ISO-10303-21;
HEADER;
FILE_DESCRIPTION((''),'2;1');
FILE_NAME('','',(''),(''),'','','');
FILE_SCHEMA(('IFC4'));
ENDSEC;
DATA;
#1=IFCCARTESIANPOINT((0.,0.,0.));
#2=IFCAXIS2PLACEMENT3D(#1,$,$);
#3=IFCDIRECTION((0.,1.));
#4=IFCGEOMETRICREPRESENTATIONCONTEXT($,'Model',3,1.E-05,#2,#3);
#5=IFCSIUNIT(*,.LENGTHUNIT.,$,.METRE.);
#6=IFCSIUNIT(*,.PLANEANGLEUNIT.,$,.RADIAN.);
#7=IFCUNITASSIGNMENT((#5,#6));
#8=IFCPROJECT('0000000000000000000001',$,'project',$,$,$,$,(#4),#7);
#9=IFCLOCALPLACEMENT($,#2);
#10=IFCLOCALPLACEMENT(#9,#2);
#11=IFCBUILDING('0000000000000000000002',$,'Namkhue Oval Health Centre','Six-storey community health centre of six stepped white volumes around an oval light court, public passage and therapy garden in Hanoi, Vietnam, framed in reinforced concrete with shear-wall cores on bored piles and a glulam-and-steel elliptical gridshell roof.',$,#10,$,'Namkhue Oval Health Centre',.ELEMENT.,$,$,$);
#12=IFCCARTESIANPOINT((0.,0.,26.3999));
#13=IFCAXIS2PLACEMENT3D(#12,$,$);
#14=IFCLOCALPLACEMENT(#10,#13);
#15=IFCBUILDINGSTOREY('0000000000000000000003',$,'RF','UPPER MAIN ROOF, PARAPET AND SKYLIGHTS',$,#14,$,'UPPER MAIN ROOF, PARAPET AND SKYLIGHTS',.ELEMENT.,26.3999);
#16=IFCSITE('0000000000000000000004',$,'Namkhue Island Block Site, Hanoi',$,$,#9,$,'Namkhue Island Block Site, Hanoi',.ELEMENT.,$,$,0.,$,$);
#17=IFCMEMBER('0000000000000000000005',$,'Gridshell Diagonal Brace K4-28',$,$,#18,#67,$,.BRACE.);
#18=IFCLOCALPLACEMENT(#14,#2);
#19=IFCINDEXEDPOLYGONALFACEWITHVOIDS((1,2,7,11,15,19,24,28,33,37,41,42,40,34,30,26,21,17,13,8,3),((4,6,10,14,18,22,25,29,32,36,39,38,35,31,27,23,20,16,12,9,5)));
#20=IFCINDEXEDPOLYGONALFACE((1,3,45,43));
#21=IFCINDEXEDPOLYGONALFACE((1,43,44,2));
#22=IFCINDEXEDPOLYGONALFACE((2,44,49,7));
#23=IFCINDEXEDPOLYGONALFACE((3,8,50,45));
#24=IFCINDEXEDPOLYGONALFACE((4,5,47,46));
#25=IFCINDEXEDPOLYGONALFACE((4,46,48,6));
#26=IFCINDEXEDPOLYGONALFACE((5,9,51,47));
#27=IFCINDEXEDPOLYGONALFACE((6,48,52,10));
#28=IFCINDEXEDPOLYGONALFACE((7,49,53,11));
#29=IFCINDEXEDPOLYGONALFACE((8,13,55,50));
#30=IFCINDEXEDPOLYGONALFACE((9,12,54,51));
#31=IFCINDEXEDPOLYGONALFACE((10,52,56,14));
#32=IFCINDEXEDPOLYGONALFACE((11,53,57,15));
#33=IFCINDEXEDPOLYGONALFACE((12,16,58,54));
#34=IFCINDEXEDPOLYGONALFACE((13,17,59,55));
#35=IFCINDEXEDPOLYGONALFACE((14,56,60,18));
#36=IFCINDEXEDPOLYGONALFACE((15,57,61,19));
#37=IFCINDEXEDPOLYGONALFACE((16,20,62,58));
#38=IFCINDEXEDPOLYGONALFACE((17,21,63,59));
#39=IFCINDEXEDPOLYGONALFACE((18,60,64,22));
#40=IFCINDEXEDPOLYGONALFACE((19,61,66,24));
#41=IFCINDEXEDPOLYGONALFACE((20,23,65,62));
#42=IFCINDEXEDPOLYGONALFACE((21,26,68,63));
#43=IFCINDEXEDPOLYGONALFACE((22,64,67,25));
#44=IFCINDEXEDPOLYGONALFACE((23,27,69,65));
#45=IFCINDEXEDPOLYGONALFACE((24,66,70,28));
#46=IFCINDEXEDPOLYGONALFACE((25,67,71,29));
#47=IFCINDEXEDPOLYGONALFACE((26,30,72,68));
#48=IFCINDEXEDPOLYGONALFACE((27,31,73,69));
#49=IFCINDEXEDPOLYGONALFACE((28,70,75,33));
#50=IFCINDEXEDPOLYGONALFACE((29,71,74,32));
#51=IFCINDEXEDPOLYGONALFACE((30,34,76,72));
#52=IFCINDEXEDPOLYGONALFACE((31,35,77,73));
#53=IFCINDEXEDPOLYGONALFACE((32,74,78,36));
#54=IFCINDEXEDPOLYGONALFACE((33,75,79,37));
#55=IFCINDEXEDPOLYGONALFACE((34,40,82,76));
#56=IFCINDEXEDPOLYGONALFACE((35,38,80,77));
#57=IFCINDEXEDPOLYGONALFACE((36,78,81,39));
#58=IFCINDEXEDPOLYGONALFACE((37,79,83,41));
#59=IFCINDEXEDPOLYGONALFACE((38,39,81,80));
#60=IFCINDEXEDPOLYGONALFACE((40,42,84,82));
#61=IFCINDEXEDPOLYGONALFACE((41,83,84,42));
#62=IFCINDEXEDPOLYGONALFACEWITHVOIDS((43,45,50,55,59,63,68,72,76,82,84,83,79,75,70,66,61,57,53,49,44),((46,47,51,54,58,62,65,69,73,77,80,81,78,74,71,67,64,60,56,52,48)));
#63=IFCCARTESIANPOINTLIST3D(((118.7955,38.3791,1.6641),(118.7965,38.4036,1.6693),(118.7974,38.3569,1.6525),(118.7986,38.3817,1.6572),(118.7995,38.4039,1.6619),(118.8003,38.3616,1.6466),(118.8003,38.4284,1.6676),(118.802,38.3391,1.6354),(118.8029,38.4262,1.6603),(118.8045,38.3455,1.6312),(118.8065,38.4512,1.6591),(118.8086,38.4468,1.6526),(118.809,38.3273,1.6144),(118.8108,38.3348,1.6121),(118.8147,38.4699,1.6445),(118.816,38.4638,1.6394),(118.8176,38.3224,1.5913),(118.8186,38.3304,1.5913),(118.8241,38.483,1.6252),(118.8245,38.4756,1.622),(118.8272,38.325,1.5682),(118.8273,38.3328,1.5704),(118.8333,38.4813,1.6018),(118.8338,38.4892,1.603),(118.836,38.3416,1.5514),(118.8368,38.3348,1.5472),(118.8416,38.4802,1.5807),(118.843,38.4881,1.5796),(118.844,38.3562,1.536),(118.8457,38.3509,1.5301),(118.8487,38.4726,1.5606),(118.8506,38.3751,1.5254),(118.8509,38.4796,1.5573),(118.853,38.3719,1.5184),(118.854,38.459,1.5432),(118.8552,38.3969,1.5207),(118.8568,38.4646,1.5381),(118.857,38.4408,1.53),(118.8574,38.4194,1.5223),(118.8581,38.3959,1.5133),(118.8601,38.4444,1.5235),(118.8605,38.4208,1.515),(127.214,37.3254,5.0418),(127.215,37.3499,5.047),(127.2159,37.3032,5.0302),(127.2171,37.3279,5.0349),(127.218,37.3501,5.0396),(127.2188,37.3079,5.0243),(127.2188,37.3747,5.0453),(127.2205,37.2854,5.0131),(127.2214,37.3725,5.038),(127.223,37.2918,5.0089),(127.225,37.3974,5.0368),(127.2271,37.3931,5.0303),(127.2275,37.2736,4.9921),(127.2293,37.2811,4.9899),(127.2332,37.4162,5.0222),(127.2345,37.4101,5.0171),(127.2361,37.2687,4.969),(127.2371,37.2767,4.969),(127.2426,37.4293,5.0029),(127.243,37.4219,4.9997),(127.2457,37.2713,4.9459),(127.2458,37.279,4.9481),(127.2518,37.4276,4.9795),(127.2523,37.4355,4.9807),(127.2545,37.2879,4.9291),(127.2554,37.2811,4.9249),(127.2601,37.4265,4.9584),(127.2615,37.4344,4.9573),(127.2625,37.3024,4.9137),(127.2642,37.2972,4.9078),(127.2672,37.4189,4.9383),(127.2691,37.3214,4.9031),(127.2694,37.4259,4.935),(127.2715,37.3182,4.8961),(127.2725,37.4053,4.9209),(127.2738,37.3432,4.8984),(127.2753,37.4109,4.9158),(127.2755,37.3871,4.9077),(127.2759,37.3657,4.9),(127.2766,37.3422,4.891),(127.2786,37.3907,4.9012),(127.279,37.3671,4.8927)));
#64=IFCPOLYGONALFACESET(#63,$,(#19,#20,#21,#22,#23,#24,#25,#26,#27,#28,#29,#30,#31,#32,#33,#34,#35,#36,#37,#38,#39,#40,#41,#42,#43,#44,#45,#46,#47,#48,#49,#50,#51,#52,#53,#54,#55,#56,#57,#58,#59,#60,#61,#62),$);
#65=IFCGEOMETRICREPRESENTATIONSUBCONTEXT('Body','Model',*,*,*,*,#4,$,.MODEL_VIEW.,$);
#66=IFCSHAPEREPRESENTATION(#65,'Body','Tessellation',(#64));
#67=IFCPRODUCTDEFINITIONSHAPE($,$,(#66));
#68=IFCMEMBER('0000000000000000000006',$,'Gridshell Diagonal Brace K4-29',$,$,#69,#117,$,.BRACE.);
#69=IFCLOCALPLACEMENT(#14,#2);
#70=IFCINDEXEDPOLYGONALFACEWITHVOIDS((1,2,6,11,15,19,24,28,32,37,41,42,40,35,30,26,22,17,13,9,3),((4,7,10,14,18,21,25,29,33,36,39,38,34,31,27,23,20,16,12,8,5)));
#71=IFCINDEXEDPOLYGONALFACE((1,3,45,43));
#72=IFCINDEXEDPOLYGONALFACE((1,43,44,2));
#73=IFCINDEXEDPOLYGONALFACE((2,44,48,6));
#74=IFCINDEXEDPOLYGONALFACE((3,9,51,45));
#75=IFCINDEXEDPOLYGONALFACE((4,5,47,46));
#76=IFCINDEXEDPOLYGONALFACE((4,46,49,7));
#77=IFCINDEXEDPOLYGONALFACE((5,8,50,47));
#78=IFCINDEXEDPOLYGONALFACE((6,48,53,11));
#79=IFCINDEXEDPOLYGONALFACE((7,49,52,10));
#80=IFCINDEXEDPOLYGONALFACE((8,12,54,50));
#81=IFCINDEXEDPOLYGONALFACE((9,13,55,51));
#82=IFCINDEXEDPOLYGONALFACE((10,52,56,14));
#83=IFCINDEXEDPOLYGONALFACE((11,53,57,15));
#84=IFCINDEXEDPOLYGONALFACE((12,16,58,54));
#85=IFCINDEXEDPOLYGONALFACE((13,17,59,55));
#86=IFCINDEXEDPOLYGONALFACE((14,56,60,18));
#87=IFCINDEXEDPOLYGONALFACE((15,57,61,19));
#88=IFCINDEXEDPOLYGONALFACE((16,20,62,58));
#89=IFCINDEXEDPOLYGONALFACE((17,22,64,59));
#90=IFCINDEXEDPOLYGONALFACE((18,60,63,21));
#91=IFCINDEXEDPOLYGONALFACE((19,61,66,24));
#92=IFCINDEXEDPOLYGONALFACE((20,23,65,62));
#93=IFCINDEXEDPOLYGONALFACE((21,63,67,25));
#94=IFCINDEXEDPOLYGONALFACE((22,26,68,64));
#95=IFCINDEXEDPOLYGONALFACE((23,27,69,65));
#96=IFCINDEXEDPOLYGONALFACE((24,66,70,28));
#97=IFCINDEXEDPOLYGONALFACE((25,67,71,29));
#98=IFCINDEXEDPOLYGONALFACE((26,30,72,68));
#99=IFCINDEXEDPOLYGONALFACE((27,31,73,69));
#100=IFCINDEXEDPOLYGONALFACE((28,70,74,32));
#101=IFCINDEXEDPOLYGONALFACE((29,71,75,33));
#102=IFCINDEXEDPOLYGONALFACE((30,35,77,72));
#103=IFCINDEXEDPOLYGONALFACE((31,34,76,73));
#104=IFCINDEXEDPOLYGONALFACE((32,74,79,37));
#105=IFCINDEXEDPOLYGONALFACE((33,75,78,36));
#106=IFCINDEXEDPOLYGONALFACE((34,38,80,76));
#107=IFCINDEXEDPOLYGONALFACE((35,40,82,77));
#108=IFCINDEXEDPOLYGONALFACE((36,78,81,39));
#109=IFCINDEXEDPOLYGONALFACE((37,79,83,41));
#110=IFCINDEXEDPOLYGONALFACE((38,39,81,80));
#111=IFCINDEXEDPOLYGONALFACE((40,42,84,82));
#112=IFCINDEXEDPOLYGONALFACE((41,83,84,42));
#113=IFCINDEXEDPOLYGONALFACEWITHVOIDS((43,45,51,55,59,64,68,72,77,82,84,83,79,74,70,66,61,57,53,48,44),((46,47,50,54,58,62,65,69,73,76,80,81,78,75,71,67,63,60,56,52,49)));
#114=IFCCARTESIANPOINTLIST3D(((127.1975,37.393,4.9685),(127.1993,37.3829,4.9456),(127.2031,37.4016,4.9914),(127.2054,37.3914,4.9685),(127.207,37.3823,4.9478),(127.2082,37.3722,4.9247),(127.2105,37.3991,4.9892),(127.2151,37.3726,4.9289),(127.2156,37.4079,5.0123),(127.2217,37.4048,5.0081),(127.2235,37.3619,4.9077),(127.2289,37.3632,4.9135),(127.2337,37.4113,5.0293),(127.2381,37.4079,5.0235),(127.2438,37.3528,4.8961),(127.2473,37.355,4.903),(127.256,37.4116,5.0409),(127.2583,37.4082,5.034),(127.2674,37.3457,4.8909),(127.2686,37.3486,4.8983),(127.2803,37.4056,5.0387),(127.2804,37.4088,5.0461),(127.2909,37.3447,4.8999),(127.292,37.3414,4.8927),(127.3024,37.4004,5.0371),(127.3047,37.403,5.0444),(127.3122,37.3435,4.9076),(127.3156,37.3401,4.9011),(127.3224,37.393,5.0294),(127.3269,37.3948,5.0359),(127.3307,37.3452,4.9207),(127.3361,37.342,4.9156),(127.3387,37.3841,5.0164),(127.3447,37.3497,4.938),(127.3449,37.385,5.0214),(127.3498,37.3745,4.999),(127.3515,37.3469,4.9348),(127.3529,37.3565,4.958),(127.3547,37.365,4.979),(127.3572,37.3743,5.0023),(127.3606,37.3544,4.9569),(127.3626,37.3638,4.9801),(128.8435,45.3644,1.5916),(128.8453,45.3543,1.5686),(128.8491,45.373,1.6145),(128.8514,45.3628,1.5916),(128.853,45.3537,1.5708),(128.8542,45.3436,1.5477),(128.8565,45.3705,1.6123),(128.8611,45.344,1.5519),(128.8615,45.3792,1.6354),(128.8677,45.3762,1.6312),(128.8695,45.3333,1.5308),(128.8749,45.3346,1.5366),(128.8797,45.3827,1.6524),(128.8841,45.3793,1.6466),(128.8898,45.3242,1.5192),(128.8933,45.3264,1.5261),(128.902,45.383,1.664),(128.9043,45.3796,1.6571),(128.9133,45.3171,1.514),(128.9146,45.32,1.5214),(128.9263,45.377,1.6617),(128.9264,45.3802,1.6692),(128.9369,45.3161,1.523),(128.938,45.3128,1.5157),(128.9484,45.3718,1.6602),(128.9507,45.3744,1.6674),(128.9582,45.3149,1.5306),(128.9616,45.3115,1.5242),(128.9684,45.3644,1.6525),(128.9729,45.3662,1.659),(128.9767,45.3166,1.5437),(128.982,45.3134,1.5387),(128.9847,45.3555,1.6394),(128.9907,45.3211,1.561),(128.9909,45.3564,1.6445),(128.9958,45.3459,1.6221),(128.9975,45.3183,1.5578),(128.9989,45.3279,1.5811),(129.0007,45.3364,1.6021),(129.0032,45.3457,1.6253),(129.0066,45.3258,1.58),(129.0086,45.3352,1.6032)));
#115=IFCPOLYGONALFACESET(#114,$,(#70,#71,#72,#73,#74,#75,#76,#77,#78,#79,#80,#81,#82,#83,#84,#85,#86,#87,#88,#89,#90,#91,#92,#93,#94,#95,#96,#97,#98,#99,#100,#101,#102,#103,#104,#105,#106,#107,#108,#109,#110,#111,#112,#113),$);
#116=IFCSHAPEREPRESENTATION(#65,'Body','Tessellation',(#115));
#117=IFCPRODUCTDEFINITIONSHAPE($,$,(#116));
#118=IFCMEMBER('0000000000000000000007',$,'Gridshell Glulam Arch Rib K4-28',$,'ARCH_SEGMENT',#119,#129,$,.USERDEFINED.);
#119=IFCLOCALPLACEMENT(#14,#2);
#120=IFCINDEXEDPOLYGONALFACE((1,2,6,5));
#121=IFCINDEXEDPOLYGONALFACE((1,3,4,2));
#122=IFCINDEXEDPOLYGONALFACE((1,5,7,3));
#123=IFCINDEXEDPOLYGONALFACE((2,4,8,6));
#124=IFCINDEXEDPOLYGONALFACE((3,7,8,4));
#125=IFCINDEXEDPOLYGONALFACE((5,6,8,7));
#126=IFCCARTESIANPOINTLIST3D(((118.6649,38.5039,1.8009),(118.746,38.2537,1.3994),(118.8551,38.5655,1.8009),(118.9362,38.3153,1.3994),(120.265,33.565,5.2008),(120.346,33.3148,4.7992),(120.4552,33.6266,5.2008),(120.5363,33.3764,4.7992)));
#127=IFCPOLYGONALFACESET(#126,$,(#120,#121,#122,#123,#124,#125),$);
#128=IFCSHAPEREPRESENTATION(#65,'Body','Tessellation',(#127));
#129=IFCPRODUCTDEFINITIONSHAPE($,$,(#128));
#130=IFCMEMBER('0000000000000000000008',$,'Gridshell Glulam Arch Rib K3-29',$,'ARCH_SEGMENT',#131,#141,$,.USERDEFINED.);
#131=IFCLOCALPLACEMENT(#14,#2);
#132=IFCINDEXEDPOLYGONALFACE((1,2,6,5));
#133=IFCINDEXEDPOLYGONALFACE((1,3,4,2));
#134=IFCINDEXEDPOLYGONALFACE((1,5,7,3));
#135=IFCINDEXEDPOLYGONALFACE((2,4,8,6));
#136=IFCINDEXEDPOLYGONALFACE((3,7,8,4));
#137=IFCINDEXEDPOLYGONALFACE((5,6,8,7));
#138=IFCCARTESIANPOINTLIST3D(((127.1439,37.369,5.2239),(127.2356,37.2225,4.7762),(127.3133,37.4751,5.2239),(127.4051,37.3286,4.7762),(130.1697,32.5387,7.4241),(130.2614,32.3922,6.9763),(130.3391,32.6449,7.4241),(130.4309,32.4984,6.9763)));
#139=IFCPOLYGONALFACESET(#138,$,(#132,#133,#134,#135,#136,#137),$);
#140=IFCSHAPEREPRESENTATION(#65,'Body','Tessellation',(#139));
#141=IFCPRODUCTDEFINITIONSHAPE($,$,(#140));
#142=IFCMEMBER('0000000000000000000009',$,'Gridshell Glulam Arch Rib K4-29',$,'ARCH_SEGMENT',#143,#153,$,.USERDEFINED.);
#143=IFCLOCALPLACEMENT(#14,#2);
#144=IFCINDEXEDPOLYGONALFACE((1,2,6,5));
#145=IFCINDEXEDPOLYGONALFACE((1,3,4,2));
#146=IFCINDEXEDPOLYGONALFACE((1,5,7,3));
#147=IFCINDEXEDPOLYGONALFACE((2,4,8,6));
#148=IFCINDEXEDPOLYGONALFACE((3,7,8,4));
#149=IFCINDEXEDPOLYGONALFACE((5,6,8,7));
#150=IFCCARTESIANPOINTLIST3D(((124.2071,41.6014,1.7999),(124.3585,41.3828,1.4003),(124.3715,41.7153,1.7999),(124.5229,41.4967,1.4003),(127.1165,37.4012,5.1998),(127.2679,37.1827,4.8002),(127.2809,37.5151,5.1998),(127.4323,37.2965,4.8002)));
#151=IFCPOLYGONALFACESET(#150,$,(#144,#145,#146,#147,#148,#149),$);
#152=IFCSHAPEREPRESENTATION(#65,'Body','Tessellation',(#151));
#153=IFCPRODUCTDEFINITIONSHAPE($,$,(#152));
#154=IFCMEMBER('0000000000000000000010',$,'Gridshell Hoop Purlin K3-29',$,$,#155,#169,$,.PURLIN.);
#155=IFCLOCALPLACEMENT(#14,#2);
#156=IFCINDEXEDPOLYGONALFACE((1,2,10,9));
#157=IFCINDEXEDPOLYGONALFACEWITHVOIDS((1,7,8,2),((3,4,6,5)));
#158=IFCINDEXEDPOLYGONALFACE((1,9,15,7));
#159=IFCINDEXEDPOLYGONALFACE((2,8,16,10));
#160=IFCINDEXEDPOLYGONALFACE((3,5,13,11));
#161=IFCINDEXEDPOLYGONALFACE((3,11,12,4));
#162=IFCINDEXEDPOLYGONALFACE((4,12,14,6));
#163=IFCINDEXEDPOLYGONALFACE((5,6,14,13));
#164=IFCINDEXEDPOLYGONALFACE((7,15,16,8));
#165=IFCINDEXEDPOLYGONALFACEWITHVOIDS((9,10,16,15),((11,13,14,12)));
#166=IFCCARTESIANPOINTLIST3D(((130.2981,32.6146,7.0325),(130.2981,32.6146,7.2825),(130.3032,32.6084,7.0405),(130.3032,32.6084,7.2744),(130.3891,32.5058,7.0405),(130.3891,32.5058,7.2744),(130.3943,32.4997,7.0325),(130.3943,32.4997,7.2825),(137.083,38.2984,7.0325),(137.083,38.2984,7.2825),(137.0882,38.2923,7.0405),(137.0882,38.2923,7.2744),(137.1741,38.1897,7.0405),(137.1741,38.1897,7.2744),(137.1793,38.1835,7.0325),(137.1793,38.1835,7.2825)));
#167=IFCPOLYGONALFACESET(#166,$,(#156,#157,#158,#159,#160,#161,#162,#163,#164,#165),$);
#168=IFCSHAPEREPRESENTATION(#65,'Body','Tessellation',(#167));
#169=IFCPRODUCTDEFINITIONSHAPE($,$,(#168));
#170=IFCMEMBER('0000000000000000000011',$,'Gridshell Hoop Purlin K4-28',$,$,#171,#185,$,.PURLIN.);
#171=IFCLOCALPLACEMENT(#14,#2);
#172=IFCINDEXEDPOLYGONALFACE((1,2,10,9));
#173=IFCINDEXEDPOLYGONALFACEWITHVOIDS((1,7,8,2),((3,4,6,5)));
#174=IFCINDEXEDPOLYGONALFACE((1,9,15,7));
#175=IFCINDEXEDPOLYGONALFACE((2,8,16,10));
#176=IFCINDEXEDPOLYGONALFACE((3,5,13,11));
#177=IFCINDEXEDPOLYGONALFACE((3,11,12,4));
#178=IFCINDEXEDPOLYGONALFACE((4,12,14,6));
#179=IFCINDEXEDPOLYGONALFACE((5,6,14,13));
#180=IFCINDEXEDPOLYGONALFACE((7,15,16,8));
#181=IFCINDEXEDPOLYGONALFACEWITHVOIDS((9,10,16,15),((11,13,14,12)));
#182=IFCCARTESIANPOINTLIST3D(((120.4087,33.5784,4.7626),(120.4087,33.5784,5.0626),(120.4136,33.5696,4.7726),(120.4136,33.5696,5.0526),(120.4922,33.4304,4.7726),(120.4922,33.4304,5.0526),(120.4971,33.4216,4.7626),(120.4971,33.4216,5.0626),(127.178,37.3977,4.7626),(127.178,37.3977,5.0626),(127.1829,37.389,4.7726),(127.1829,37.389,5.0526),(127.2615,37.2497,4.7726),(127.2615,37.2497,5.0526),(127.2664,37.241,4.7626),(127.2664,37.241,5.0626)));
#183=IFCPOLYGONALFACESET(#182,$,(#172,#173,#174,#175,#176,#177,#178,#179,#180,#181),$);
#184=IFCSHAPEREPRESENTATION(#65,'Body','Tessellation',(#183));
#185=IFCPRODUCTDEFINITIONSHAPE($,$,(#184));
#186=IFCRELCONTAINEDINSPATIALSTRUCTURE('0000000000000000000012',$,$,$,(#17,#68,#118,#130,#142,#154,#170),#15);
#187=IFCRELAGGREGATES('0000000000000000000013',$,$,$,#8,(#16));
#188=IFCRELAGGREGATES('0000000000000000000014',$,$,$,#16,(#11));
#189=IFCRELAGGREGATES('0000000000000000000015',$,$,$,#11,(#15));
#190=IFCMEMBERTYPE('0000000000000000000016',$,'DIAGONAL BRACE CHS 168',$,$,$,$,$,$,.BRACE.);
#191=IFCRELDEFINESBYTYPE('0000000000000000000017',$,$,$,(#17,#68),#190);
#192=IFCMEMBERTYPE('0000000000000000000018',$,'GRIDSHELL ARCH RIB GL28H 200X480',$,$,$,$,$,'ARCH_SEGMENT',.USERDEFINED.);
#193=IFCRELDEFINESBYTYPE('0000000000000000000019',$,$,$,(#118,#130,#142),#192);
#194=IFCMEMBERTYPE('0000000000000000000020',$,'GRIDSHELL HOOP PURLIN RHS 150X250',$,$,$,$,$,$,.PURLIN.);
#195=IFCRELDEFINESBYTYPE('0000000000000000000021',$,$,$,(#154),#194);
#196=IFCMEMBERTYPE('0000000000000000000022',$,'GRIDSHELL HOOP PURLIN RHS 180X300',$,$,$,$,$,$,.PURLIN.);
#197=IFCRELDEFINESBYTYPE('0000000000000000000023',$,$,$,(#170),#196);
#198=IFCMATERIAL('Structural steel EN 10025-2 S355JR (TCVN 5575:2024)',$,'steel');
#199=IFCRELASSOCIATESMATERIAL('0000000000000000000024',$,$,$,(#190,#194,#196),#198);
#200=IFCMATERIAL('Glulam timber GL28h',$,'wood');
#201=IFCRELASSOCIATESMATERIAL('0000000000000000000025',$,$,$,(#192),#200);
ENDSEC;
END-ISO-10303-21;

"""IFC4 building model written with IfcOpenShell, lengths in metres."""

from ifc_helpers import new_model, si_unit, direction, frame, origin, origin_2d, place, context, subcontext, project, spatial, rectangle, hollow_rectangle, hollow_circle, extrude, material, material_profile, profile_set, type_object, element, save


model = new_model("IFC4")

# Units and contexts
model_context = context("Model", 3, precision=1e-05, world=origin(), true_north=direction((0.0, 1.0)))
body_context = subcontext(model_context, "Body", "Model", "MODEL_VIEW")
ifc_project = project(units=[si_unit("LENGTHUNIT", "METRE"), si_unit("PLANEANGLEUNIT", "RADIAN")], contexts=[model_context])

# Site, building, storey
site_placement = place(None, origin())
site = spatial("IfcSite", under=ifc_project, at=site_placement, Name="Namkhue Island Block Site, Hanoi", LongName="Namkhue Island Block Site, Hanoi", CompositionType="ELEMENT", RefElevation=0.0)
building_placement = place(site_placement, origin())
building = spatial("IfcBuilding", under=site, at=building_placement, Name="Namkhue Oval Health Centre", Description="Six-storey community health centre of six stepped white volumes around an oval light court, public passage and therapy garden in Hanoi, Vietnam, framed in reinforced concrete with shear-wall cores on bored piles and a glulam-and-steel elliptical gridshell roof.", LongName="Namkhue Oval Health Centre", CompositionType="ELEMENT")
storey_placement = place(building_placement, frame((0.0, 0.0, 26.3999)))
storey = spatial("IfcBuildingStorey", under=building, at=storey_placement, Name="RF", Description="UPPER MAIN ROOF, PARAPET AND SKYLIGHTS", LongName="UPPER MAIN ROOF, PARAPET AND SKYLIGHTS", CompositionType="ELEMENT", Elevation=26.3999)

# Members
ifc_material_1 = material(Name="Structural steel EN 10025-2 S355JR (TCVN 5575:2024)", Category="steel")
ifc_material_profile_1 = material_profile(ifc_material_1, hollow_circle(Radius=0.0842, WallThickness=0.0081, at=origin_2d()), Name="CHS 168.3x8")
ifc_profile_set_1 = profile_set([ifc_material_profile_1], Name="Structural steel EN 10025-2 S355JR (TCVN 5575:2024)")
member_type_1 = type_object("IfcMemberType", Name="DIAGONAL BRACE CHS 168", PredefinedType="BRACE", material=ifc_profile_set_1)
member_1_placement = place(storey_placement, frame((127.2466, 37.3523, 4.969), z_axis=(-0.921885, 0.115389, -0.369882), x_axis=(-0.124198, -0.992257, 0.0)))
element("IfcMember", 1, at=member_1_placement, inside=storey, type_object=member_type_1, Name="Gridshell Diagonal Brace K4-28", PredefinedType="BRACE", context=body_context, shape_type="SweptSolid", body=[
    extrude(hollow_circle(Radius=0.0842, WallThickness=0.0081, at=origin_2d()), origin(), (0.0, 0.0, 1.0), 9.1318),
])
member_2_placement = place(storey_placement, frame((127.28, 37.376, 4.9685), z_axis=(0.186784, 0.904579, -0.383208), x_axis=(-0.97934, 0.202221, 0.0)))
element("IfcMember", 2, at=member_2_placement, inside=storey, type_object=member_type_1, Name="Gridshell Diagonal Brace K4-29", PredefinedType="BRACE", context=body_context, shape_type="SweptSolid", body=[
    extrude(hollow_circle(Radius=0.0842, WallThickness=0.0081, at=origin_2d()), origin(), (0.0, 0.0, 1.0), 8.8123),
])
ifc_material_2 = material(Name="Glulam timber GL28h", Category="wood")
ifc_material_profile_2 = material_profile(ifc_material_2, rectangle(XDim=0.2, YDim=0.48, at=origin_2d()), Name="GL28h 200x480")
ifc_profile_set_2 = profile_set([ifc_material_profile_2], Name="Glulam timber GL28h")
member_type_2 = type_object("IfcMemberType", Name="GRIDSHELL ARCH RIB GL28H 200X480", ElementType="ARCH_SEGMENT", PredefinedType="USERDEFINED", material=ifc_profile_set_2)
member_3_placement = place(storey_placement, frame((120.4006, 33.4707, 5.0), z_axis=(-0.257835, 0.795852, -0.547851), x_axis=(-0.95132, -0.308203, 0.0)))
element("IfcMember", 3, at=member_3_placement, inside=storey, type_object=member_type_2, Name="Gridshell Glulam Arch Rib K4-28", ObjectType="ARCH_SEGMENT", PredefinedType="USERDEFINED", context=body_context, shape_type="SweptSolid", body=[
    extrude(rectangle(XDim=0.2, YDim=0.48, at=origin_2d()), origin(), (0.0, 0.0, 1.0), 6.2058),
])
member_4_placement = place(storey_placement, frame((130.3003, 32.5186, 7.2002), z_axis=(-0.495256, 0.790595, -0.360113), x_axis=(-0.847452, -0.530873, 0.0)))
element("IfcMember", 4, at=member_4_placement, inside=storey, type_object=member_type_2, Name="Gridshell Glulam Arch Rib K3-29", ObjectType="ARCH_SEGMENT", PredefinedType="USERDEFINED", context=body_context, shape_type="SweptSolid", body=[
    extrude(rectangle(XDim=0.2, YDim=0.48, at=origin_2d()), origin(), (0.0, 0.0, 1.0), 6.1096),
])
member_5_placement = place(storey_placement, frame((127.2744, 37.3489, 5.0), z_axis=(-0.474061, 0.684378, -0.553979), x_axis=(-0.822046, -0.569421, 0.0)))
element("IfcMember", 5, at=member_5_placement, inside=storey, type_object=member_type_2, Name="Gridshell Glulam Arch Rib K4-29", ObjectType="ARCH_SEGMENT", PredefinedType="USERDEFINED", context=body_context, shape_type="SweptSolid", body=[
    extrude(rectangle(XDim=0.2, YDim=0.48, at=origin_2d()), origin(), (0.0, 0.0, 1.0), 6.1372),
])
ifc_material_profile_3 = material_profile(ifc_material_1, hollow_rectangle(XDim=0.1499, YDim=0.25, WallThickness=0.0081, at=origin_2d()), Name="RHS 150x250x8")
ifc_profile_set_3 = profile_set([ifc_material_profile_3], Name="Structural steel EN 10025-2 S355JR (TCVN 5575:2024)")
member_type_3 = type_object("IfcMemberType", Name="GRIDSHELL HOOP PURLIN RHS 150X250", PredefinedType="PURLIN", material=ifc_profile_set_3)
member_6_placement = place(storey_placement, frame((130.3462, 32.5571, 7.1575), z_axis=(0.766566, 0.642166, 0.0), x_axis=(-0.642166, 0.766566, 0.0)))
element("IfcMember", 6, at=member_6_placement, inside=storey, type_object=member_type_3, Name="Gridshell Hoop Purlin K3-29", PredefinedType="PURLIN", context=body_context, shape_type="SweptSolid", body=[
    extrude(hollow_rectangle(XDim=0.1499, YDim=0.25, WallThickness=0.0081, at=origin_2d()), origin(), (0.0, 0.0, 1.0), 8.8511),
])
ifc_material_profile_4 = material_profile(ifc_material_1, hollow_rectangle(XDim=0.1799, YDim=0.3, WallThickness=0.01, at=origin_2d()), Name="RHS 180x300x10")
ifc_profile_set_4 = profile_set([ifc_material_profile_4], Name="Structural steel EN 10025-2 S355JR (TCVN 5575:2024)")
member_type_4 = type_object("IfcMemberType", Name="GRIDSHELL HOOP PURLIN RHS 180X300", PredefinedType="PURLIN", material=ifc_profile_set_4)
member_7_placement = place(storey_placement, frame((120.4529, 33.5, 4.9126), z_axis=(0.870936, 0.491396, 0.0), x_axis=(-0.491396, 0.870936, 0.0)))
element("IfcMember", 7, at=member_7_placement, inside=storey, type_object=member_type_4, Name="Gridshell Hoop Purlin K4-28", PredefinedType="PURLIN", context=body_context, shape_type="SweptSolid", body=[
    extrude(hollow_rectangle(XDim=0.1799, YDim=0.3, WallThickness=0.01, at=origin_2d()), origin(), (0.0, 0.0, 1.0), 7.7725),
])

save(model, "model.ifc")
